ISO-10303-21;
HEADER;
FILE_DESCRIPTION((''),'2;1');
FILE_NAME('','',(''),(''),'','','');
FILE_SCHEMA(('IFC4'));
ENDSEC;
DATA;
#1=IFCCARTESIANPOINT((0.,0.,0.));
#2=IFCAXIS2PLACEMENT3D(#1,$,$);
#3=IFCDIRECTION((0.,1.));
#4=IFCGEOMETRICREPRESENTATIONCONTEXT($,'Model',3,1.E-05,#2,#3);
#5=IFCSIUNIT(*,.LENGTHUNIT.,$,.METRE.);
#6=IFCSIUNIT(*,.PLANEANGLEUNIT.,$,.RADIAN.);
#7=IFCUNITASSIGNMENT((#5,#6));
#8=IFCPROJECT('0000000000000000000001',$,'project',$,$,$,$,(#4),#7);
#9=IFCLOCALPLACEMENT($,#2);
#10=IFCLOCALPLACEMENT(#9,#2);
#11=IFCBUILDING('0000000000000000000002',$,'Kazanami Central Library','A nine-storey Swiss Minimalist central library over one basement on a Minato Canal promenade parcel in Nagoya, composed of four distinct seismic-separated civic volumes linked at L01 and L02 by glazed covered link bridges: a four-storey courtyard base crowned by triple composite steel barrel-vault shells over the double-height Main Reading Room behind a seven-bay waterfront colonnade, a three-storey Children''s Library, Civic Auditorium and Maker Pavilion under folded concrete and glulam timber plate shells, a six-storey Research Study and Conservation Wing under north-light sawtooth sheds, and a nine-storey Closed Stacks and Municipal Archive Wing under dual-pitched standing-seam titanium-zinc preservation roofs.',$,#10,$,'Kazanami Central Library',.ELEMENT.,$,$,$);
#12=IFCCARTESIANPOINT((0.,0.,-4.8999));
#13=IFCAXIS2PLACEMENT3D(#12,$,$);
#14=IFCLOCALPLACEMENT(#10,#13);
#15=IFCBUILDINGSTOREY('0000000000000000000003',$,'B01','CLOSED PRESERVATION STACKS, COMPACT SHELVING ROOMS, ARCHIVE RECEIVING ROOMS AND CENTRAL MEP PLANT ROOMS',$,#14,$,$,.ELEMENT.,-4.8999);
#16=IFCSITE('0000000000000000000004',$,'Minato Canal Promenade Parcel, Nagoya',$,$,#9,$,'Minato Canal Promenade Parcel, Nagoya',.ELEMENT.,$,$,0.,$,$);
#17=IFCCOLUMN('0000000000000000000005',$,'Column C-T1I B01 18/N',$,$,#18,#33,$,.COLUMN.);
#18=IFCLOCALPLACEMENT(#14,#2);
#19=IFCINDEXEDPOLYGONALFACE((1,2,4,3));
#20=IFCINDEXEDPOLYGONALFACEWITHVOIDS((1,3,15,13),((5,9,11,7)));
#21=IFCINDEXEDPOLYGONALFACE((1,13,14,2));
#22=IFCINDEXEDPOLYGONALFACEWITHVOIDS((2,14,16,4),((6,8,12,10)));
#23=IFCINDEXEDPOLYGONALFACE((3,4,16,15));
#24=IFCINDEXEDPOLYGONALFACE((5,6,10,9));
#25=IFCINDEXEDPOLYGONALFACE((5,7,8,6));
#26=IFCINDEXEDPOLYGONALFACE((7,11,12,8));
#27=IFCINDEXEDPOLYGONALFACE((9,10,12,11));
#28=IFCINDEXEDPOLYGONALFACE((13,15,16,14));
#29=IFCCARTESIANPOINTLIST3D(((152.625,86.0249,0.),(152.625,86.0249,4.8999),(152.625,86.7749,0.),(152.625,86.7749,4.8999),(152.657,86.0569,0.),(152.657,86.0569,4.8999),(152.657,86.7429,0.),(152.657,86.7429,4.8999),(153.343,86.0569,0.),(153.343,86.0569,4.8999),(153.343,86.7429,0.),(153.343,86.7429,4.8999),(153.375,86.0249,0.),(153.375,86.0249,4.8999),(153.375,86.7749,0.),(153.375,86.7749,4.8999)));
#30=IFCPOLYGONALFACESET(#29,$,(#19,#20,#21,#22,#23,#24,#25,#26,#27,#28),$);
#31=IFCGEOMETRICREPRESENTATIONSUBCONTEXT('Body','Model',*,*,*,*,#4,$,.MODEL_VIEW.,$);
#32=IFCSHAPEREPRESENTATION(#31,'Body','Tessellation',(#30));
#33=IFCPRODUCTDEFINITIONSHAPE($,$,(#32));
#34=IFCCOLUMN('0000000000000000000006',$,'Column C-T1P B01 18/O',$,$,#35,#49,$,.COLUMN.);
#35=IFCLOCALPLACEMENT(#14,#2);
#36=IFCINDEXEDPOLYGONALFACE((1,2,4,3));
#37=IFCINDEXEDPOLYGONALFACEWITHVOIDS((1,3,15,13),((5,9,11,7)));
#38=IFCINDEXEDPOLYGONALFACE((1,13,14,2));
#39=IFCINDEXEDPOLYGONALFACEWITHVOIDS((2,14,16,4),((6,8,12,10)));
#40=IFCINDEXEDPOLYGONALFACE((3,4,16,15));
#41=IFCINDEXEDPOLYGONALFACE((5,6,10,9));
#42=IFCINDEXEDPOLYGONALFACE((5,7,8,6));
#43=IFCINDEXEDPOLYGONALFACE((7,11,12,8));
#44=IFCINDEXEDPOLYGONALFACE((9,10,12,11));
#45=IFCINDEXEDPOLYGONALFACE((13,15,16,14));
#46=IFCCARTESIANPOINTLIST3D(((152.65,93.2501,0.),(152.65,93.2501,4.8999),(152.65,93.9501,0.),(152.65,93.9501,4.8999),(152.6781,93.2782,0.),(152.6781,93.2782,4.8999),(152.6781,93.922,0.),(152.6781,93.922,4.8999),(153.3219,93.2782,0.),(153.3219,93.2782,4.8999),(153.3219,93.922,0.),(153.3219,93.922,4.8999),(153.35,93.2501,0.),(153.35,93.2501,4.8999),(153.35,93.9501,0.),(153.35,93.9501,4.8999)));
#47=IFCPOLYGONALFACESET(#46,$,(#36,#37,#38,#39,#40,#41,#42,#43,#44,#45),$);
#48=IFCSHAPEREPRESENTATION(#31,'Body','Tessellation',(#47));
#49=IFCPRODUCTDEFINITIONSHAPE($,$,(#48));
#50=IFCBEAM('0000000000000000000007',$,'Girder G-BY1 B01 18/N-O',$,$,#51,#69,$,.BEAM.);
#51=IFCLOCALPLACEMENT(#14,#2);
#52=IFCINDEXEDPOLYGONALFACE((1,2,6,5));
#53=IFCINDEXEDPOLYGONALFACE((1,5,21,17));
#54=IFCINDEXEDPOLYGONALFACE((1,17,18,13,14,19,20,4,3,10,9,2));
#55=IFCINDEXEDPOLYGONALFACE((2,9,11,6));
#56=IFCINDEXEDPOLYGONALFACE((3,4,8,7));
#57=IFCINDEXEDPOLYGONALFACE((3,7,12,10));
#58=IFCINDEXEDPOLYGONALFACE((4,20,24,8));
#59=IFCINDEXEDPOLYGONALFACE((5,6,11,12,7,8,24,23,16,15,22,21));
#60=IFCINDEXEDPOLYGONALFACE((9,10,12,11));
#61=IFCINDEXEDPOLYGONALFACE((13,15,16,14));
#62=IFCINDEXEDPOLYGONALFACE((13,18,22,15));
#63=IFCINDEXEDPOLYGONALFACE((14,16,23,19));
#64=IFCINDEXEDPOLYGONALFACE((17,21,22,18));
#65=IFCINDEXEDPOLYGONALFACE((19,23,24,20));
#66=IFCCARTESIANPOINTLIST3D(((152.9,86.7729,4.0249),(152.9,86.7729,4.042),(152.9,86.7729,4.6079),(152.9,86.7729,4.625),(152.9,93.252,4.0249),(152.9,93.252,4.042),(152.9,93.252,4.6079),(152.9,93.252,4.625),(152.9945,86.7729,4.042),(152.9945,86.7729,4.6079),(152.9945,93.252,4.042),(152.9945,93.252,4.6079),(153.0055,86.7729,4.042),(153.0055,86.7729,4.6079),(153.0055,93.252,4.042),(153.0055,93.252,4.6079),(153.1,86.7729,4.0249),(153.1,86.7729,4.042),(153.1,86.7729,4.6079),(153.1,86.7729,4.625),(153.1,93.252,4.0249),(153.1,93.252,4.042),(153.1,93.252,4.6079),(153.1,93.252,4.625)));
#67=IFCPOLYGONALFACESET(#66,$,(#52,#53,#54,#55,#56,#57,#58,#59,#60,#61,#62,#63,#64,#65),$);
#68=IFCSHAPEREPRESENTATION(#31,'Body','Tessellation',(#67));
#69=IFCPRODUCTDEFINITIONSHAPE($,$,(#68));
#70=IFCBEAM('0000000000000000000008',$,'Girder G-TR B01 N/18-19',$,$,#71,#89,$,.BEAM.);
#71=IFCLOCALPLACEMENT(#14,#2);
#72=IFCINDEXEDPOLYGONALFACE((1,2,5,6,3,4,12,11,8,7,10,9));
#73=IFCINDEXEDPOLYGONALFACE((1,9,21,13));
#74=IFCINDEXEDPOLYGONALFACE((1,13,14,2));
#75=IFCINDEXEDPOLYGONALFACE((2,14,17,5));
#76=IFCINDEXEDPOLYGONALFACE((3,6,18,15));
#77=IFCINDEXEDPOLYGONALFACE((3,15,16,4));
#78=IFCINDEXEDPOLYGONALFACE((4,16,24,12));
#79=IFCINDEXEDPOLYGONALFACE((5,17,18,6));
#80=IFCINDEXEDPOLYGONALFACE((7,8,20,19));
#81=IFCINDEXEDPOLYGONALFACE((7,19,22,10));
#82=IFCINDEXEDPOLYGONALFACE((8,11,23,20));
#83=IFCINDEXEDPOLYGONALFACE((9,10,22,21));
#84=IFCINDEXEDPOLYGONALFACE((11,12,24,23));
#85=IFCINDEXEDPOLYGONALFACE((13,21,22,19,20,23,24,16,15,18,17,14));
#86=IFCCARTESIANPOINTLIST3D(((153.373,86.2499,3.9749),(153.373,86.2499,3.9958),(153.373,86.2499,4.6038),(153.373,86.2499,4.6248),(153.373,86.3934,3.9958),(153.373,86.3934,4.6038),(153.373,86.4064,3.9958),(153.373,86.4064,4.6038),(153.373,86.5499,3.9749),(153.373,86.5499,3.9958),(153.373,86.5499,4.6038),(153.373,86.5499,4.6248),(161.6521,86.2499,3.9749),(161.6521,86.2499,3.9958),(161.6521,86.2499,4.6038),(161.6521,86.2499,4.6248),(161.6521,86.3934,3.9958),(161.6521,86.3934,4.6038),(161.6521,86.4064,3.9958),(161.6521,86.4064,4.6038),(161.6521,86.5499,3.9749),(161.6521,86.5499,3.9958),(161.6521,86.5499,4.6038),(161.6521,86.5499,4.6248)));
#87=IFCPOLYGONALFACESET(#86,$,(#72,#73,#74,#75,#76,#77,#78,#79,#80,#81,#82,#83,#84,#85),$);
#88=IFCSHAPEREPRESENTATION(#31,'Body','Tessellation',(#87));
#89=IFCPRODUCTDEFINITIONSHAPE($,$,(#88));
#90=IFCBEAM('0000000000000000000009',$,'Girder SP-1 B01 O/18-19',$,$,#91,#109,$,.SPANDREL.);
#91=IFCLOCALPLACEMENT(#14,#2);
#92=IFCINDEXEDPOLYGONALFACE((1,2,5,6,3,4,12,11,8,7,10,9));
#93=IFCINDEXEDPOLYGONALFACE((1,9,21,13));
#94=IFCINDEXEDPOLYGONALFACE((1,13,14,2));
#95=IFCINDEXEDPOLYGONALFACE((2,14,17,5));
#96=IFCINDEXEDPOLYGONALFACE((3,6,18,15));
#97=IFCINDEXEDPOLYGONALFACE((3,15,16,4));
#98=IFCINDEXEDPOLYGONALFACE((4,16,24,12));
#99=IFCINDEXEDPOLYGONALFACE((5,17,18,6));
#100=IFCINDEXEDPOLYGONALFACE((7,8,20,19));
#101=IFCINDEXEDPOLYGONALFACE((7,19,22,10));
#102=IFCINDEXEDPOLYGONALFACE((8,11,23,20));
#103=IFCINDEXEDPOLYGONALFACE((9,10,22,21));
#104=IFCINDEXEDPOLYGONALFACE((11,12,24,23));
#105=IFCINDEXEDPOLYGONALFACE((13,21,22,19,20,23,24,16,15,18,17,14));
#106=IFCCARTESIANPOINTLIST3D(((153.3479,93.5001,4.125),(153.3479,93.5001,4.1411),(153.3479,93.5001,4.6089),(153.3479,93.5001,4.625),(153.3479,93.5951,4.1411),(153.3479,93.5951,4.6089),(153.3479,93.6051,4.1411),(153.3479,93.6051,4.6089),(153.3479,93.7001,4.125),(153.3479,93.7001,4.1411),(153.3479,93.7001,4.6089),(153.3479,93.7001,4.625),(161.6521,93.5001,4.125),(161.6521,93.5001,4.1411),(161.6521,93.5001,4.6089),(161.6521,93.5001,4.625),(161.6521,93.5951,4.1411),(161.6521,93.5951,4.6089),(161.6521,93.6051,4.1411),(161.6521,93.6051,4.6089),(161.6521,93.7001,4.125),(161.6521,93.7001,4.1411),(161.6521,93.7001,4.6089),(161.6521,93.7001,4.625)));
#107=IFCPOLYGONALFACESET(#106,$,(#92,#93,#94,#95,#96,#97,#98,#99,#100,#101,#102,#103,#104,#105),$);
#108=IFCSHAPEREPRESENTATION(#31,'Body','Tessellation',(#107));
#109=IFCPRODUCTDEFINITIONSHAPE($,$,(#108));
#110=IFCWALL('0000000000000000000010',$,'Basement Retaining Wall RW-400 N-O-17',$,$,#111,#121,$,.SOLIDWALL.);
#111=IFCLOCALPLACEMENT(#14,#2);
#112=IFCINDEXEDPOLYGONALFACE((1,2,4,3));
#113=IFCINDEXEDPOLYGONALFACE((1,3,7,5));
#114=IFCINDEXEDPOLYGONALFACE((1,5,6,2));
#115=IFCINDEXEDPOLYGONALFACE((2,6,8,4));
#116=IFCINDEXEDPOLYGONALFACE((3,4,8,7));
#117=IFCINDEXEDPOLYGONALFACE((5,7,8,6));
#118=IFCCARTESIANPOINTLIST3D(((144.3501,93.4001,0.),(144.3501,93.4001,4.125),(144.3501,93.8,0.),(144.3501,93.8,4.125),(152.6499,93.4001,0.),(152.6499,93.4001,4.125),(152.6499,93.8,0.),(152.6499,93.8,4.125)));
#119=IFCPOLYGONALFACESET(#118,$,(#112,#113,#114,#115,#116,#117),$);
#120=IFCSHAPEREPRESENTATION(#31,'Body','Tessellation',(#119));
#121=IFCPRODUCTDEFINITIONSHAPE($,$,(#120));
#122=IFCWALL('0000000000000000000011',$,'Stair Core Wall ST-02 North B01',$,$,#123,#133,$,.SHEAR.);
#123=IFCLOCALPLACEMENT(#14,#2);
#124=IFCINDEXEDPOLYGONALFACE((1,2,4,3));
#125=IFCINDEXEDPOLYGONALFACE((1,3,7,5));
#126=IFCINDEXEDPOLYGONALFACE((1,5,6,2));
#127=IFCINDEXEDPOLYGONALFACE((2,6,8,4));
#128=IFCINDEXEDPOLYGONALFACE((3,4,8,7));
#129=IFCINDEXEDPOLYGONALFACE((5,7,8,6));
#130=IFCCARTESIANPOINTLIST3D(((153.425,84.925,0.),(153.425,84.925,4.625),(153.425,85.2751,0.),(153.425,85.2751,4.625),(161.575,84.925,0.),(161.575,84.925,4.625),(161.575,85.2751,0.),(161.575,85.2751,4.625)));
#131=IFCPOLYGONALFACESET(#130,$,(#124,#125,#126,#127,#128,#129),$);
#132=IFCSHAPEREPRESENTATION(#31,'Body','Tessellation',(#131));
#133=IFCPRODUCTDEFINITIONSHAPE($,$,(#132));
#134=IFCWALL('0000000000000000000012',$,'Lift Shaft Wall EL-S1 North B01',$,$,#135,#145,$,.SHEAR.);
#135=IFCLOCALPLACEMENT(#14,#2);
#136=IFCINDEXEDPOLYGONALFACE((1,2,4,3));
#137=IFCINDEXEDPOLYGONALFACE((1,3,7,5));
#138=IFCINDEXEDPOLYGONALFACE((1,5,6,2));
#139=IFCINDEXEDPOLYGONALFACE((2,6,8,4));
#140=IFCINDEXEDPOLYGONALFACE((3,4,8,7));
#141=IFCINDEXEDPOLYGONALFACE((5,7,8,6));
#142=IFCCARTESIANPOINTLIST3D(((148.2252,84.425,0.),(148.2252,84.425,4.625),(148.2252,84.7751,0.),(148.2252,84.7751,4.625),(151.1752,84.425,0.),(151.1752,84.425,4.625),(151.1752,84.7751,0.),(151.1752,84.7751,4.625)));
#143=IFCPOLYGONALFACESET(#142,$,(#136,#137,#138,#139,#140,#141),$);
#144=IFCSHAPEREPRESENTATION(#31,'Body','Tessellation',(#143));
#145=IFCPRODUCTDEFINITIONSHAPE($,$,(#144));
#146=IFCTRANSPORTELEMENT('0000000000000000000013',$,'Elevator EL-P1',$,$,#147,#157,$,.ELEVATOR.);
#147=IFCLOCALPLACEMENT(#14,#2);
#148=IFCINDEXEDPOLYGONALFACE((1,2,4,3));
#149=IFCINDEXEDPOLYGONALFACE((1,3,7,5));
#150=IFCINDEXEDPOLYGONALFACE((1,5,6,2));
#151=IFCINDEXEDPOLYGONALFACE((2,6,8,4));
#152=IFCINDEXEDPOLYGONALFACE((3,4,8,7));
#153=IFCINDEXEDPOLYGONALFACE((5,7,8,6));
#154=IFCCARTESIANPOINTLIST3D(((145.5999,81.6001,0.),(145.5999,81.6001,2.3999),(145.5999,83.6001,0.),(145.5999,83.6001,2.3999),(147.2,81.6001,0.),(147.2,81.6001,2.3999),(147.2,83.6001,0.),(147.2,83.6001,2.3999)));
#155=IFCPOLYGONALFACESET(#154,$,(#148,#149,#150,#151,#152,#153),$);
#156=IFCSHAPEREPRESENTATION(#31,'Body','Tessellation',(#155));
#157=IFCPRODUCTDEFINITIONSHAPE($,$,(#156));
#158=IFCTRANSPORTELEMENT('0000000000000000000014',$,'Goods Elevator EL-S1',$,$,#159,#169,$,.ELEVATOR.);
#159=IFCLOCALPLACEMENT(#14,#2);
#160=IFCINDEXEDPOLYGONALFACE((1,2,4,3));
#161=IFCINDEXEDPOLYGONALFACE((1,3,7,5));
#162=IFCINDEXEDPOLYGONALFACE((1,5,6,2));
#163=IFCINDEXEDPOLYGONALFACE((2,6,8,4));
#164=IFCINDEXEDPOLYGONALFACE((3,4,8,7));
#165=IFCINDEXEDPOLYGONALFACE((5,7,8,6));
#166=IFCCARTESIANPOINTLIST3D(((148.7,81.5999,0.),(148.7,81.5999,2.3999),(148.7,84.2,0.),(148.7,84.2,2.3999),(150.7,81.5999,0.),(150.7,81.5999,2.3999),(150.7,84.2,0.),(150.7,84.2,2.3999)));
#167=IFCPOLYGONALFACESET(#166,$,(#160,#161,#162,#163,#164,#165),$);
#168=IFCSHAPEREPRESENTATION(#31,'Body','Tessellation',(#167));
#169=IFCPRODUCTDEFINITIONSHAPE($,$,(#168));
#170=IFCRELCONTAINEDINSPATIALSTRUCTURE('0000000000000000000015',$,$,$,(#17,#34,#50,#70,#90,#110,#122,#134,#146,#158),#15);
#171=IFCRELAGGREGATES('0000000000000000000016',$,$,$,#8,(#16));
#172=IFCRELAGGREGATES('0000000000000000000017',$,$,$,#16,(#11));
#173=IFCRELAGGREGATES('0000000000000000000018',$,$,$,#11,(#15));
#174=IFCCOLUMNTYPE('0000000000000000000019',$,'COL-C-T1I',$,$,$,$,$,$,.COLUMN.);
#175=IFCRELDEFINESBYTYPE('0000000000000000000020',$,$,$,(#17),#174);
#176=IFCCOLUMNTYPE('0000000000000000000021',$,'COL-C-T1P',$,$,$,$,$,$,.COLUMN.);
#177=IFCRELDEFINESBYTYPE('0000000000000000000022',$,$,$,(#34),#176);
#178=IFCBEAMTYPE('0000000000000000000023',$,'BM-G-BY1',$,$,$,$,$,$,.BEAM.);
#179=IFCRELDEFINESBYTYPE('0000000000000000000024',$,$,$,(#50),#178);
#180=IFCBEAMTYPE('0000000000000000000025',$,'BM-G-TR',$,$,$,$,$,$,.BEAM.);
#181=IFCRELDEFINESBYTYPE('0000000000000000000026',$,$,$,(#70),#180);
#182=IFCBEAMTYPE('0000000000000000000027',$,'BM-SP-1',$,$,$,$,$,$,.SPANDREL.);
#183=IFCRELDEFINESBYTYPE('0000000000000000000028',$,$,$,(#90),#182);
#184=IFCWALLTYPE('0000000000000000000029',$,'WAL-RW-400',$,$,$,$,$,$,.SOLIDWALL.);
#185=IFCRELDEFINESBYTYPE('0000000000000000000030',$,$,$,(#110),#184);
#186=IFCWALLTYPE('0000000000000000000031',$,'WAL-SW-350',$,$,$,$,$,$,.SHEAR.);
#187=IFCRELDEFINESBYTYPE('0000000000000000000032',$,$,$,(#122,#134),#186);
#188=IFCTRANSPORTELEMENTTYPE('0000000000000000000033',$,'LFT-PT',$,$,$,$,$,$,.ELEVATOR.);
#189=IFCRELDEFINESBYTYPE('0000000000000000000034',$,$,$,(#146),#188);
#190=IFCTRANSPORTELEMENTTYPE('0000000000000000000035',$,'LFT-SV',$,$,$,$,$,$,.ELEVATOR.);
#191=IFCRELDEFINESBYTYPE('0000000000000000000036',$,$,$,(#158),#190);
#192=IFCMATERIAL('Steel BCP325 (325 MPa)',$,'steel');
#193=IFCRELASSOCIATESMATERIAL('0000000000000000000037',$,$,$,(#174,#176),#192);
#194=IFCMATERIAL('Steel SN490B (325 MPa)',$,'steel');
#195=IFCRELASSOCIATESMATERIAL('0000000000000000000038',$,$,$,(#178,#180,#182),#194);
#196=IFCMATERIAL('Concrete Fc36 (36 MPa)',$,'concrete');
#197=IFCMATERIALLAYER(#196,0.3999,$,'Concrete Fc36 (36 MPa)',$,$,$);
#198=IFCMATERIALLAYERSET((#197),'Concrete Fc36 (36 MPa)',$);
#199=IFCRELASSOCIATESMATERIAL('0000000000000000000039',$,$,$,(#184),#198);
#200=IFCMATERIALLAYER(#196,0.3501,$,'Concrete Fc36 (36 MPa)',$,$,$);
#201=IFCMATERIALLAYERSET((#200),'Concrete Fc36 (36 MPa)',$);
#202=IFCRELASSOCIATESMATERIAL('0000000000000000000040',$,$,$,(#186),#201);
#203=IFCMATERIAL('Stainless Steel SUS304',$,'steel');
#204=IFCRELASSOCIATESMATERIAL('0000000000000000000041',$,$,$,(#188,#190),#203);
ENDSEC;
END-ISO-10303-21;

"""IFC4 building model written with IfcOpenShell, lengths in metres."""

from ifc_helpers import new_model, si_unit, direction, frame, frame_2d, origin, origin_2d, place, context, subcontext, project, spatial, rectangle, hollow_rectangle, i_section, extrude, material, layer, layer_set, material_profile, profile_set, type_object, element, save


model = new_model("IFC4")

# Units and contexts
model_context = context("Model", 3, precision=1e-05, world=origin(), true_north=direction((0.0, 1.0)))
body_context = subcontext(model_context, "Body", "Model", "MODEL_VIEW")
ifc_project = project(units=[si_unit("LENGTHUNIT", "METRE"), si_unit("PLANEANGLEUNIT", "RADIAN")], contexts=[model_context])

# Site, building, storey
site_placement = place(None, origin())
site = spatial("IfcSite", under=ifc_project, at=site_placement, Name="Minato Canal Promenade Parcel, Nagoya", LongName="Minato Canal Promenade Parcel, Nagoya", CompositionType="ELEMENT", RefElevation=0.0)
building_placement = place(site_placement, origin())
building = spatial("IfcBuilding", under=site, at=building_placement, Name="Kazanami Central Library", Description="A nine-storey Swiss Minimalist central library over one basement on a Minato Canal promenade parcel in Nagoya, composed of four distinct seismic-separated civic volumes linked at L01 and L02 by glazed covered link bridges: a four-storey courtyard base crowned by triple composite steel barrel-vault shells over the double-height Main Reading Room behind a seven-bay waterfront colonnade, a three-storey Children's Library, Civic Auditorium and Maker Pavilion under folded concrete and glulam timber plate shells, a six-storey Research Study and Conservation Wing under north-light sawtooth sheds, and a nine-storey Closed Stacks and Municipal Archive Wing under dual-pitched standing-seam titanium-zinc preservation roofs.", LongName="Kazanami Central Library", CompositionType="ELEMENT")
storey_placement = place(building_placement, frame((0.0, 0.0, -4.8999)))
storey = spatial("IfcBuildingStorey", under=building, at=storey_placement, Name="B01", Description="CLOSED PRESERVATION STACKS, COMPACT SHELVING ROOMS, ARCHIVE RECEIVING ROOMS AND CENTRAL MEP PLANT ROOMS", CompositionType="ELEMENT", Elevation=-4.8999)

# Shared definitions
ifc_material_1 = material(Name="Concrete Fc36 (36 MPa)", Category="concrete")

# Columns
ifc_material_2 = material(Name="Steel BCP325 (325 MPa)", Category="steel")
ifc_material_profile_1 = material_profile(ifc_material_2, hollow_rectangle(XDim=0.75, YDim=0.75, WallThickness=0.032, at=origin_2d()), Name="BCP-750x750x32")
ifc_profile_set_1 = profile_set([ifc_material_profile_1], Name="Steel BCP325 (325 MPa)")
column_type_1 = type_object("IfcColumnType", Name="COL-C-T1I", PredefinedType="COLUMN", material=ifc_profile_set_1)
column_1_placement = place(storey_placement, frame((153.0, 86.3999, 0.0), z_axis=(0.0, 0.0, 1.0), x_axis=(1.0, 0.0, 0.0)))
element("IfcColumn", 1, at=column_1_placement, inside=storey, type_object=column_type_1, Name="Column C-T1I B01 18/N", PredefinedType="COLUMN", context=body_context, shape_type="SweptSolid", body=[
    extrude(hollow_rectangle(XDim=0.75, YDim=0.75, WallThickness=0.032, at=origin_2d()), origin(), (0.0, 0.0, 1.0), 4.8999),
])
ifc_material_profile_2 = material_profile(ifc_material_2, hollow_rectangle(XDim=0.7, YDim=0.7, WallThickness=0.0281, at=origin_2d()), Name="BCP-700x700x28")
ifc_profile_set_2 = profile_set([ifc_material_profile_2], Name="Steel BCP325 (325 MPa)")
column_type_2 = type_object("IfcColumnType", Name="COL-C-T1P", PredefinedType="COLUMN", material=ifc_profile_set_2)
column_2_placement = place(storey_placement, frame((153.0, 93.6001, 0.0), z_axis=(0.0, 0.0, 1.0), x_axis=(1.0, 0.0, 0.0)))
element("IfcColumn", 2, at=column_2_placement, inside=storey, type_object=column_type_2, Name="Column C-T1P B01 18/O", PredefinedType="COLUMN", context=body_context, shape_type="SweptSolid", body=[
    extrude(hollow_rectangle(XDim=0.7, YDim=0.7, WallThickness=0.0281, at=origin_2d()), origin(), (0.0, 0.0, 1.0), 4.8999),
])

# Beams
ifc_material_3 = material(Name="Steel SN490B (325 MPa)", Category="steel")
ifc_material_profile_3 = material_profile(ifc_material_3, i_section(OverallWidth=0.2, OverallDepth=0.6001, WebThickness=0.011, FlangeThickness=0.0171, at=origin_2d()), Name="H-600x200x11x17")
ifc_profile_set_3 = profile_set([ifc_material_profile_3], Name="Steel SN490B (325 MPa)")
beam_type_1 = type_object("IfcBeamType", Name="BM-G-BY1", PredefinedType="BEAM", material=ifc_profile_set_3)
beam_1_placement = place(storey_placement, frame((153.0, 86.7729, 4.325), z_axis=(0.0, 1.0, 0.0), x_axis=(-1.0, 0.0, 0.0)))
element("IfcBeam", 3, at=beam_1_placement, inside=storey, type_object=beam_type_1, Name="Girder G-BY1 B01 18/N-O", PredefinedType="BEAM", context=body_context, shape_type="SweptSolid", body=[
    extrude(i_section(OverallWidth=0.2, OverallDepth=0.6001, WebThickness=0.011, FlangeThickness=0.0171, at=origin_2d()), origin(), (0.0, 0.0, 1.0), 6.479),
])
ifc_material_profile_4 = material_profile(ifc_material_3, i_section(OverallWidth=0.3, OverallDepth=0.6499, WebThickness=0.0129, FlangeThickness=0.021, at=origin_2d()), Name="H-650x300x13x21")
ifc_profile_set_4 = profile_set([ifc_material_profile_4], Name="Steel SN490B (325 MPa)")
beam_type_2 = type_object("IfcBeamType", Name="BM-G-TR", PredefinedType="BEAM", material=ifc_profile_set_4)
beam_2_placement = place(storey_placement, frame((153.373, 86.3999, 4.2998), z_axis=(1.0, 0.0, 0.0), x_axis=(0.0, 1.0, 0.0)))
element("IfcBeam", 4, at=beam_2_placement, inside=storey, type_object=beam_type_2, Name="Girder G-TR B01 N/18-19", PredefinedType="BEAM", context=body_context, shape_type="SweptSolid", body=[
    extrude(i_section(OverallWidth=0.3, OverallDepth=0.6499, WebThickness=0.0129, FlangeThickness=0.021, at=origin_2d()), origin(), (0.0, 0.0, 1.0), 8.2791),
])
ifc_material_profile_5 = material_profile(ifc_material_3, i_section(OverallWidth=0.2, OverallDepth=0.5, WebThickness=0.01, FlangeThickness=0.0161, at=origin_2d()), Name="H-500x200x10x16")
ifc_profile_set_5 = profile_set([ifc_material_profile_5], Name="Steel SN490B (325 MPa)")
beam_type_3 = type_object("IfcBeamType", Name="BM-SP-1", PredefinedType="SPANDREL", material=ifc_profile_set_5)
beam_3_placement = place(storey_placement, frame((153.3479, 93.6001, 4.375), z_axis=(1.0, 0.0, 0.0), x_axis=(0.0, 1.0, 0.0)))
element("IfcBeam", 5, at=beam_3_placement, inside=storey, type_object=beam_type_3, Name="Girder SP-1 B01 O/18-19", PredefinedType="SPANDREL", context=body_context, shape_type="SweptSolid", body=[
    extrude(i_section(OverallWidth=0.2, OverallDepth=0.5, WebThickness=0.01, FlangeThickness=0.0161, at=origin_2d()), origin(), (0.0, 0.0, 1.0), 8.3042),
])

# Walls
ifc_layer_1 = layer(ifc_material_1, 0.3999, Name="Concrete Fc36 (36 MPa)")
ifc_layer_set_1 = layer_set([ifc_layer_1], Name="Concrete Fc36 (36 MPa)")
wall_type_1 = type_object("IfcWallType", Name="WAL-RW-400", PredefinedType="SOLIDWALL", material=ifc_layer_set_1)
wall_1_placement = place(storey_placement, frame((152.6499, 93.6001, 0.0), z_axis=(0.0, 0.0, 1.0), x_axis=(-1.0, 0.0, 0.0)))
element("IfcWall", 6, at=wall_1_placement, inside=storey, type_object=wall_type_1, Name="Basement Retaining Wall RW-400 N-O-17", PredefinedType="SOLIDWALL", context=body_context, shape_type="SweptSolid", body=[
    extrude(rectangle(XDim=8.2998, YDim=0.3999, at=frame_2d((4.1499, 0.0))), origin(), (0.0, 0.0, 1.0), 4.125),
])
ifc_layer_2 = layer(ifc_material_1, 0.3501, Name="Concrete Fc36 (36 MPa)")
ifc_layer_set_2 = layer_set([ifc_layer_2], Name="Concrete Fc36 (36 MPa)")
wall_type_2 = type_object("IfcWallType", Name="WAL-SW-350", PredefinedType="SHEAR", material=ifc_layer_set_2)
wall_2_placement = place(storey_placement, frame((153.425, 85.1001, 0.0), z_axis=(0.0, 0.0, 1.0), x_axis=(1.0, 0.0, 0.0)))
element("IfcWall", 7, at=wall_2_placement, inside=storey, type_object=wall_type_2, Name="Stair Core Wall ST-02 North B01", PredefinedType="SHEAR", context=body_context, shape_type="SweptSolid", body=[
    extrude(rectangle(XDim=8.1499, YDim=0.3501, at=frame_2d((4.075, 0.0))), origin(), (0.0, 0.0, 1.0), 4.625),
])
wall_3_placement = place(storey_placement, frame((148.2251, 84.6001, 0.0), z_axis=(0.0, 0.0, 1.0), x_axis=(1.0, 0.0, 0.0)))
element("IfcWall", 8, at=wall_3_placement, inside=storey, type_object=wall_type_2, Name="Lift Shaft Wall EL-S1 North B01", PredefinedType="SHEAR", context=body_context, shape_type="SweptSolid", body=[
    extrude(rectangle(XDim=2.95, YDim=0.3501, at=frame_2d((1.4751, 0.0))), origin(), (0.0, 0.0, 1.0), 4.625),
])

# Transport elements
ifc_material_4 = material(Name="Stainless Steel SUS304", Category="steel")
transport_element_type_1 = type_object("IfcTransportElementType", Name="LFT-PT", PredefinedType="ELEVATOR", material=ifc_material_4)
transport_element_1_placement = place(storey_placement, frame((146.3999, 82.6001, 0.0), z_axis=(0.0, 0.0, 1.0), x_axis=(1.0, 0.0, 0.0)))
element("IfcTransportElement", 9, at=transport_element_1_placement, inside=storey, type_object=transport_element_type_1, Name="Elevator EL-P1", PredefinedType="ELEVATOR", context=body_context, shape_type="SweptSolid", body=[
    extrude(rectangle(XDim=1.6001, YDim=2.0, at=origin_2d()), origin(), (0.0, 0.0, 1.0), 2.3999),
])
transport_element_type_2 = type_object("IfcTransportElementType", Name="LFT-SV", PredefinedType="ELEVATOR", material=ifc_material_4)
transport_element_2_placement = place(storey_placement, frame((149.7, 82.8999, 0.0), z_axis=(0.0, 0.0, 1.0), x_axis=(1.0, 0.0, 0.0)))
element("IfcTransportElement", 10, at=transport_element_2_placement, inside=storey, type_object=transport_element_type_2, Name="Goods Elevator EL-S1", PredefinedType="ELEVATOR", context=body_context, shape_type="SweptSolid", body=[
    extrude(rectangle(XDim=2.0, YDim=2.6001, at=origin_2d()), origin(), (0.0, 0.0, 1.0), 2.3999),
])

save(model, "model.ifc")
